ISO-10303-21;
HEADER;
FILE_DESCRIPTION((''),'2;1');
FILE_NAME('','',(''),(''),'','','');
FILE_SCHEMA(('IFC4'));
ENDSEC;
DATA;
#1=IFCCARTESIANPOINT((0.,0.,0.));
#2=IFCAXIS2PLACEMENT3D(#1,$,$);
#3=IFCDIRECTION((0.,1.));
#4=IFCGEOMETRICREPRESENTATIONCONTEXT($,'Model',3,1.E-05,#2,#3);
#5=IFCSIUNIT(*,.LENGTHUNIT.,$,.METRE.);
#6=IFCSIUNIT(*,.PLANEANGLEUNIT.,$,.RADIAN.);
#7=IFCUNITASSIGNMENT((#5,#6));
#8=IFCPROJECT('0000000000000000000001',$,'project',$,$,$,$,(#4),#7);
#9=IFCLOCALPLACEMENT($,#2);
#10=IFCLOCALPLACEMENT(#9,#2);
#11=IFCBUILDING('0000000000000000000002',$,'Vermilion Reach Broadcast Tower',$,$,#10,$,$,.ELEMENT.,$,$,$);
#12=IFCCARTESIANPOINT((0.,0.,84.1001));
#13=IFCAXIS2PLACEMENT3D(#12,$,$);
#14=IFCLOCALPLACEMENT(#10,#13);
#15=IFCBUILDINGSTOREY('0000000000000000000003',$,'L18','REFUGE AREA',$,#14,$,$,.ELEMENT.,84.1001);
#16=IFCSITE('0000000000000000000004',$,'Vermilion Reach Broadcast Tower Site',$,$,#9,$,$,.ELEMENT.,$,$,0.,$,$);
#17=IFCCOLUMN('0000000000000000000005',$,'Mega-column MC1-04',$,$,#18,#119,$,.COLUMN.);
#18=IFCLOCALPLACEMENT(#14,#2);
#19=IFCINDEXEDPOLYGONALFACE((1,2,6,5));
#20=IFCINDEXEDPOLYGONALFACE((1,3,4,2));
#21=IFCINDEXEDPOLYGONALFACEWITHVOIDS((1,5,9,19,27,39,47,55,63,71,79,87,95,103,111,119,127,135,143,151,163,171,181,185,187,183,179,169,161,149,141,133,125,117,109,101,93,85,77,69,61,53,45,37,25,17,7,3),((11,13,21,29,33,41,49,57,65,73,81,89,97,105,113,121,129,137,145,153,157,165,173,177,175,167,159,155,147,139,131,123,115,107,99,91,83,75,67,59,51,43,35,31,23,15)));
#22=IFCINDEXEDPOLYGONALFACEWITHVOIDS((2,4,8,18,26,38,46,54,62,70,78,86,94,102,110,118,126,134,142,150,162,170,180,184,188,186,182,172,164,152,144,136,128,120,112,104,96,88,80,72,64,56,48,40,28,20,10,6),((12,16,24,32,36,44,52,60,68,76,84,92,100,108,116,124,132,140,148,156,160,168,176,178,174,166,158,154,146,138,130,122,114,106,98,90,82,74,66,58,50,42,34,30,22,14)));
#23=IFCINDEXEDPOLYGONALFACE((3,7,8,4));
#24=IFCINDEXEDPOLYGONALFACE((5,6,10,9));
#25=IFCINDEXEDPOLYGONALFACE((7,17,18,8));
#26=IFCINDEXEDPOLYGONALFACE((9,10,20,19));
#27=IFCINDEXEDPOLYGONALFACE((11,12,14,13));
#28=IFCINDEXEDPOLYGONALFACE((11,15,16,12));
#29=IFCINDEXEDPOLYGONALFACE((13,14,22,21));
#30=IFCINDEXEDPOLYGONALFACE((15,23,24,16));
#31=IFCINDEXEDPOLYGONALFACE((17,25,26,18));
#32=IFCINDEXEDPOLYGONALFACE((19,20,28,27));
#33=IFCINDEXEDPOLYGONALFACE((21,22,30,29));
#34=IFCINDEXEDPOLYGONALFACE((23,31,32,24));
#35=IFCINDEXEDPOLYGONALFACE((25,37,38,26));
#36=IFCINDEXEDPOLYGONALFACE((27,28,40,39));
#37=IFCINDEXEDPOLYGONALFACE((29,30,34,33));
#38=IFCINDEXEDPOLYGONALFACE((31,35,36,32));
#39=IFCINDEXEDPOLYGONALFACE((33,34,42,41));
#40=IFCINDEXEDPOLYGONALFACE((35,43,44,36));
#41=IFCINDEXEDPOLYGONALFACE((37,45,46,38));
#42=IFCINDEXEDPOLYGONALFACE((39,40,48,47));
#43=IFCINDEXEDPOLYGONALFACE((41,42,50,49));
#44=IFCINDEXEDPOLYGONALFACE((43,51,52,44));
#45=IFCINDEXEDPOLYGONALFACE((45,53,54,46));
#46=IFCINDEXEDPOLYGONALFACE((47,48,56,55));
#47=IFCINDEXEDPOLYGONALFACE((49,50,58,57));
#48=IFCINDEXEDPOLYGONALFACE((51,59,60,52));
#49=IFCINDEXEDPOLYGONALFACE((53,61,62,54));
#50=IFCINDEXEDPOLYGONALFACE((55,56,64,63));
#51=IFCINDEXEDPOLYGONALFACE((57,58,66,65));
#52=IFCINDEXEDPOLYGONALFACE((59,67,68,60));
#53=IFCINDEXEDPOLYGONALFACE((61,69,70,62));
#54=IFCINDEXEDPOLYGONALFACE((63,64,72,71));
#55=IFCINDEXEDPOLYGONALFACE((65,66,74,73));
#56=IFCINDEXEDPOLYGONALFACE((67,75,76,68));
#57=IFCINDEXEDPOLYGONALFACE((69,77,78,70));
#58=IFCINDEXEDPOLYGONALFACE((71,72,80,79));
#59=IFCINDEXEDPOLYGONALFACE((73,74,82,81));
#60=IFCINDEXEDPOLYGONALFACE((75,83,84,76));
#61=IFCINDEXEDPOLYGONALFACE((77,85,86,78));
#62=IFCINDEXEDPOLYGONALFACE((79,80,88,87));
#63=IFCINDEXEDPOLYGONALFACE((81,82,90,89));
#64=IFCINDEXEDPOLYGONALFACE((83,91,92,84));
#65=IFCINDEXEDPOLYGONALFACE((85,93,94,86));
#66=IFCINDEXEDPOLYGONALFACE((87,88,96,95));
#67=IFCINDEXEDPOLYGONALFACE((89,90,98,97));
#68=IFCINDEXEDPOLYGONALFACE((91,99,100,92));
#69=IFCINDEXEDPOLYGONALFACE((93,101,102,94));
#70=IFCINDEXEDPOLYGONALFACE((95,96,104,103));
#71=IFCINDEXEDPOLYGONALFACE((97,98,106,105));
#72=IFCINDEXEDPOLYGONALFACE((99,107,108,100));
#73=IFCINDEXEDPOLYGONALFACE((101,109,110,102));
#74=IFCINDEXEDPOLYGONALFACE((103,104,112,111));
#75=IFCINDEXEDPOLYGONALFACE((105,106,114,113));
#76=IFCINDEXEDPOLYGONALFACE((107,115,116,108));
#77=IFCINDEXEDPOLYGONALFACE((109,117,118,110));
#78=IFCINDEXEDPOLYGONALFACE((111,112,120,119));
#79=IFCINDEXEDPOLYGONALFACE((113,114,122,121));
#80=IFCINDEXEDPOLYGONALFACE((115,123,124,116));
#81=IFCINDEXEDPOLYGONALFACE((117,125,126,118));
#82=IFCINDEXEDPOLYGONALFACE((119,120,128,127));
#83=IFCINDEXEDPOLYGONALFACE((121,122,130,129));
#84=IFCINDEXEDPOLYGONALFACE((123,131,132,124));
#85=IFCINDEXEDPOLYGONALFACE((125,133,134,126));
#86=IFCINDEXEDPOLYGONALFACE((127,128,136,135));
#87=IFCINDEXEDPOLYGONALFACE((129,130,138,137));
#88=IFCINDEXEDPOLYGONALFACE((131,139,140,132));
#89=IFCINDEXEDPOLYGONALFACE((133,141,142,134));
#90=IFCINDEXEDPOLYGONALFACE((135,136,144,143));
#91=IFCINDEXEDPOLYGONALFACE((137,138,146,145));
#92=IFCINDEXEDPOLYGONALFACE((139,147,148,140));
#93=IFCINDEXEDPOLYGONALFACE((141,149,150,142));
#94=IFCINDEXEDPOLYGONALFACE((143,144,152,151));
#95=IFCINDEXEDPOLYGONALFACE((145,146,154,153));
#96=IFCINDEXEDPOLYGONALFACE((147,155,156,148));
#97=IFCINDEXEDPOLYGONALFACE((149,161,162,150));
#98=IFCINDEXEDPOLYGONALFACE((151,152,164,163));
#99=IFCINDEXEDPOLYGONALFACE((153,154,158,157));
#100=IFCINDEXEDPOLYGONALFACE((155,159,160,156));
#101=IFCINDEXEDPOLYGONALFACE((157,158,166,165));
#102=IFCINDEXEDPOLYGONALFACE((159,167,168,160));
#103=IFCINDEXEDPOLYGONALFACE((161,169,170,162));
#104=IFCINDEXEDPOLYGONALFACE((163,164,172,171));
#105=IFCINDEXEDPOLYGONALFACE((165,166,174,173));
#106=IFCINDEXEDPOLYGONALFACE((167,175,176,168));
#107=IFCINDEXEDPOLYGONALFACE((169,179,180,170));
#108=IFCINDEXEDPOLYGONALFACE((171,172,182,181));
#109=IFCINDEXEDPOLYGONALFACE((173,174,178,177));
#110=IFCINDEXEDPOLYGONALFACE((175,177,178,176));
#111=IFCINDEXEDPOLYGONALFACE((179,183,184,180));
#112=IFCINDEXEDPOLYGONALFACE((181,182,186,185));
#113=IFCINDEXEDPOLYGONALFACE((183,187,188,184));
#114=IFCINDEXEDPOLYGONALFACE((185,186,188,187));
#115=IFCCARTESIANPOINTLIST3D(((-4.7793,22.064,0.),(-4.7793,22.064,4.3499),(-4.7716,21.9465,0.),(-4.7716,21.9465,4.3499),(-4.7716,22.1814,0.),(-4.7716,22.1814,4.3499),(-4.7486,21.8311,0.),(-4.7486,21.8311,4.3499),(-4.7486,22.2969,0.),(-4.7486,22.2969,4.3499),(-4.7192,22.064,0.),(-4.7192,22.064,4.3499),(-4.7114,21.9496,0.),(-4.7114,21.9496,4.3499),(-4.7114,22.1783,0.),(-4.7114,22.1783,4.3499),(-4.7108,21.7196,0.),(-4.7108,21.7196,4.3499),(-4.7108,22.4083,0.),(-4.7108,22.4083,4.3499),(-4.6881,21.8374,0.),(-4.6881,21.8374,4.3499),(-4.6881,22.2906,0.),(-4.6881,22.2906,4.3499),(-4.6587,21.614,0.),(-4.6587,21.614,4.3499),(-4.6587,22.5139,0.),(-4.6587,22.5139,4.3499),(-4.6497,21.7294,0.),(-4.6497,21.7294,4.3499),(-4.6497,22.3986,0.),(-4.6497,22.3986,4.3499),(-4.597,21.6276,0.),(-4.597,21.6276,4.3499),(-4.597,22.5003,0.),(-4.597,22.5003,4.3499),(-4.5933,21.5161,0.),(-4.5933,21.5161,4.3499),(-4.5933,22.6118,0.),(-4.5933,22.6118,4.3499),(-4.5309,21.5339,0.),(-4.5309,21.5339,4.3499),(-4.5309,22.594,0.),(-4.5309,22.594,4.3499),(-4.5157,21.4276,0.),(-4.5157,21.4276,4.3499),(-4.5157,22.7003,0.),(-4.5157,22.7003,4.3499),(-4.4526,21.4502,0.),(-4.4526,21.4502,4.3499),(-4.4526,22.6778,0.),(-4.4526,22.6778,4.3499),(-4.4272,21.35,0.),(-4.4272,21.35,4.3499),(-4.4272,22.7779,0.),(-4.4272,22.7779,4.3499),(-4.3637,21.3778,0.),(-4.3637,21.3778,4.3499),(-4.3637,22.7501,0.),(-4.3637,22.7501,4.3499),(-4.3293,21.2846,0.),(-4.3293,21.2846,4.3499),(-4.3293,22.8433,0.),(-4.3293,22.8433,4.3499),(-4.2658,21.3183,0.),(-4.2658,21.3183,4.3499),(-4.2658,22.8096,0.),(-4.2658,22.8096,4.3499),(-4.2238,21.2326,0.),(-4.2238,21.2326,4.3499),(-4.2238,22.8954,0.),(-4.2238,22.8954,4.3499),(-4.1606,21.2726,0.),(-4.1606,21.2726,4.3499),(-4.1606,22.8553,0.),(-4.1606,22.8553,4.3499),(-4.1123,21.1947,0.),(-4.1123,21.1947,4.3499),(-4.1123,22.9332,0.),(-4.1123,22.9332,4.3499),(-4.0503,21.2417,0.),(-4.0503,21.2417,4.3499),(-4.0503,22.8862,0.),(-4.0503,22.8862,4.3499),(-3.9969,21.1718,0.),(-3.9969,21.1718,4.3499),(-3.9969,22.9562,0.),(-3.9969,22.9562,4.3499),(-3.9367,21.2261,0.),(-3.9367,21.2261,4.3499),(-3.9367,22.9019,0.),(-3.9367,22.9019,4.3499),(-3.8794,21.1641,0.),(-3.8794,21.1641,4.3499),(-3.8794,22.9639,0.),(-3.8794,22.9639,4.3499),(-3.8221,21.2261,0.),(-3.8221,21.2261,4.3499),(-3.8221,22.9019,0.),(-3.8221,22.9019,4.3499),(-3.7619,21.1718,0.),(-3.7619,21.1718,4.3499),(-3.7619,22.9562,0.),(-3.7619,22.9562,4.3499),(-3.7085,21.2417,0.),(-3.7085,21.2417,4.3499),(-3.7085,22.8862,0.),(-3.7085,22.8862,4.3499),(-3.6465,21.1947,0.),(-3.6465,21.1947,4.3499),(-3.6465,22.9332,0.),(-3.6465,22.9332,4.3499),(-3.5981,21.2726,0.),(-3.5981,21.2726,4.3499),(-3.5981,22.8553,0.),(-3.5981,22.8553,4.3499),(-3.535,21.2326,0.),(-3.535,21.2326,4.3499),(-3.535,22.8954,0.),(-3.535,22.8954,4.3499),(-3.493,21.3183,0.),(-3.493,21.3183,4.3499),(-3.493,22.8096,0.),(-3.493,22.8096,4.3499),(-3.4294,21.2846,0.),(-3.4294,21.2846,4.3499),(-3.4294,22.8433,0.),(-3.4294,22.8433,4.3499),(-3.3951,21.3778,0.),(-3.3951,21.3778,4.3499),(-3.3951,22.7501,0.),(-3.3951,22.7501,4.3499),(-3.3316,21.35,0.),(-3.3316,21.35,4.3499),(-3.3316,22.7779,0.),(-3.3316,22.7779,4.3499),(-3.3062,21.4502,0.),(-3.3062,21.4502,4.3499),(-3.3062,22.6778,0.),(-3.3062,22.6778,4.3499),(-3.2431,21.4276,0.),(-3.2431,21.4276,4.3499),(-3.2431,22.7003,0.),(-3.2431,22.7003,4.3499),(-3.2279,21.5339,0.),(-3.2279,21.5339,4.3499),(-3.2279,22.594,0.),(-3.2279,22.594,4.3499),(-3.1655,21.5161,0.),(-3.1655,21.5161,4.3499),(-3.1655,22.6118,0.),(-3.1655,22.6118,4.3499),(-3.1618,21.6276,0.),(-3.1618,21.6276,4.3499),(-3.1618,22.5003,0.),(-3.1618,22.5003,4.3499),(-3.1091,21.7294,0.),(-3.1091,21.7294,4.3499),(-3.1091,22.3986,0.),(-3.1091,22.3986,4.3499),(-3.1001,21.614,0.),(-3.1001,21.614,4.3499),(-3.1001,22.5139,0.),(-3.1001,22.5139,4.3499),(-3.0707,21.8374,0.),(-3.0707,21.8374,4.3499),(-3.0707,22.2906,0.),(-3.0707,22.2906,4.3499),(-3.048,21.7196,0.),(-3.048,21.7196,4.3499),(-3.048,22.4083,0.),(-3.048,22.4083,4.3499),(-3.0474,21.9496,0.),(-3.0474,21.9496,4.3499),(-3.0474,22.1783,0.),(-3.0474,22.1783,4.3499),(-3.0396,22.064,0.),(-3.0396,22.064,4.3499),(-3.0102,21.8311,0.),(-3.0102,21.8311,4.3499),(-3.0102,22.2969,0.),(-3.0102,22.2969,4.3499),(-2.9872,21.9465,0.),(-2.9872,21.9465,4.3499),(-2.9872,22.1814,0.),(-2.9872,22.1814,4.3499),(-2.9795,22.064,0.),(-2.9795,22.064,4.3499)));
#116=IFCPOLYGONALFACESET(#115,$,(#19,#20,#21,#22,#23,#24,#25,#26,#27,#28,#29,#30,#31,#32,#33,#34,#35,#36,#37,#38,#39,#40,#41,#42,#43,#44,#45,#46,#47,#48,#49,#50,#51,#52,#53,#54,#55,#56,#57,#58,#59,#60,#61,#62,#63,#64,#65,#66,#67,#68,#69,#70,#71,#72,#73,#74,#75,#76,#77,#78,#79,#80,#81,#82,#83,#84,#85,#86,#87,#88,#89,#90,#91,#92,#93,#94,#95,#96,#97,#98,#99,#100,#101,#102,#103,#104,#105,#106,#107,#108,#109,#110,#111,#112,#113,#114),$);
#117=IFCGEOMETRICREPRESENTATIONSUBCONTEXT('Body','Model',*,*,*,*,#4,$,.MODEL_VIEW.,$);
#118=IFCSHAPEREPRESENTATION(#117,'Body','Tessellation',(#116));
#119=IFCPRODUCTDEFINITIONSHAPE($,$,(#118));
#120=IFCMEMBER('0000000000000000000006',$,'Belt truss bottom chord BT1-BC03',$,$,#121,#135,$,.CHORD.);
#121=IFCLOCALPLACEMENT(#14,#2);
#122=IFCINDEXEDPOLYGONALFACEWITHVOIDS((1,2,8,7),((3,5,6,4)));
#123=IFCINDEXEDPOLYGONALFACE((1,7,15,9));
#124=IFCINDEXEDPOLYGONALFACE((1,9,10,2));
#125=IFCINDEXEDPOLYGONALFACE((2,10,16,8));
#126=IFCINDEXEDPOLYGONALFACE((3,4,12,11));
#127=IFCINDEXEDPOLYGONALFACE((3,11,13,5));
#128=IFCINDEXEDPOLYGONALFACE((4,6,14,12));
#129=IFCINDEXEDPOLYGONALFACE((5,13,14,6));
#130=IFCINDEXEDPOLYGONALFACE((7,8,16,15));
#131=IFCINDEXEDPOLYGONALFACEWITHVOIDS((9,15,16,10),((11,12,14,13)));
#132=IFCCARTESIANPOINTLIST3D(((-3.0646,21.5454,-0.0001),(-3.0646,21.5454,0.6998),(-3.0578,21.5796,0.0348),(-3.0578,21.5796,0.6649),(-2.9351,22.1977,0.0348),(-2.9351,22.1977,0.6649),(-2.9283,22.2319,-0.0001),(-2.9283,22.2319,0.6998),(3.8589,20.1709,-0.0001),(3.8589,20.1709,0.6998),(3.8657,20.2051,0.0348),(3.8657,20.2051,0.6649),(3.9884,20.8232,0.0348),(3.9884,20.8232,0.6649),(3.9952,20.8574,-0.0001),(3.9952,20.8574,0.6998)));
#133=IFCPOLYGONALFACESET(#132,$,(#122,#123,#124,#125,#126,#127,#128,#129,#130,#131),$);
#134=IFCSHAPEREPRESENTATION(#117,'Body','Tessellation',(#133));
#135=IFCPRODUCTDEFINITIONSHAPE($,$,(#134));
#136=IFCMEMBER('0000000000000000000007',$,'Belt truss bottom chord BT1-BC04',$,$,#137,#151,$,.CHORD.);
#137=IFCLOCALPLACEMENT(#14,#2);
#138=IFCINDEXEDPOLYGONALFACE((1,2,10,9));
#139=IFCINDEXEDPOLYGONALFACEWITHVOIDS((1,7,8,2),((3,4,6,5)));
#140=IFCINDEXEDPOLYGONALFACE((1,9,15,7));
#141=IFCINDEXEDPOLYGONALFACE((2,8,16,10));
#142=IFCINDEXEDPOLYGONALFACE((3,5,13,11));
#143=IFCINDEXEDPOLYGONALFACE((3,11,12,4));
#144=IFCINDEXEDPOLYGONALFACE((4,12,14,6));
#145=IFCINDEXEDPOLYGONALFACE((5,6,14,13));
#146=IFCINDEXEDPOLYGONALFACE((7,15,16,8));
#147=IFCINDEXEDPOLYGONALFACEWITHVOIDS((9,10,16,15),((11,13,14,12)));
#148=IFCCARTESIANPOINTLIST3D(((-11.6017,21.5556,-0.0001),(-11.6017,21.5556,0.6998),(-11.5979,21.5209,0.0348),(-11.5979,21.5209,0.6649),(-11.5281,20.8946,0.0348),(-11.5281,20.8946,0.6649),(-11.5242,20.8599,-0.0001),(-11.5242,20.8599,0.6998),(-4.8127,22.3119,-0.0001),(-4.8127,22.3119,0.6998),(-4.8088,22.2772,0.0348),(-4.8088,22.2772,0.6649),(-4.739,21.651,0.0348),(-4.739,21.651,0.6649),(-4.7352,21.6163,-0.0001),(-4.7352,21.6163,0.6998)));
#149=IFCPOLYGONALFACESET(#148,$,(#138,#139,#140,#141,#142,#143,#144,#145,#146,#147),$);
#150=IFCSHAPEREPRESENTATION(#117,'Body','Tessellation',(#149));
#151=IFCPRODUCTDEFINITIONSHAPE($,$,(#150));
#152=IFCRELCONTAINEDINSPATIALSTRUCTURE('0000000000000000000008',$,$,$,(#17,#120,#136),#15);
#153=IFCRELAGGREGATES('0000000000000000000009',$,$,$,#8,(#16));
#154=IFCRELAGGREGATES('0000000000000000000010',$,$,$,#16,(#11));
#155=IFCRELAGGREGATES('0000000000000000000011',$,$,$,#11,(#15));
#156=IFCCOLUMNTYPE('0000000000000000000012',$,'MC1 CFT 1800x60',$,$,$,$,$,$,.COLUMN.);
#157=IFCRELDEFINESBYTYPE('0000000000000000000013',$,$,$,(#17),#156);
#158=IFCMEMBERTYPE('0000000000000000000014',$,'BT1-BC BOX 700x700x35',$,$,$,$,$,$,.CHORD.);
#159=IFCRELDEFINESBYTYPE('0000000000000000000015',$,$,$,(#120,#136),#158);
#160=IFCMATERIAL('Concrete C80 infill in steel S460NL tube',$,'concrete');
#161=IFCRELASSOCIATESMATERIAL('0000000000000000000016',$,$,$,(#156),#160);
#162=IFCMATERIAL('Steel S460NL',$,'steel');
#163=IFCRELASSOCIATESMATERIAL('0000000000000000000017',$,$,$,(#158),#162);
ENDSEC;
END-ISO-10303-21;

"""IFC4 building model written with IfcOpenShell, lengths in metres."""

from ifc_helpers import new_model, si_unit, direction, frame, origin, origin_2d, place, context, subcontext, project, spatial, hollow_rectangle, hollow_circle, extrude, material, material_profile, profile_set, type_object, element, save


model = new_model("IFC4")

# Units and contexts
model_context = context("Model", 3, precision=1e-05, world=origin(), true_north=direction((0.0, 1.0)))
body_context = subcontext(model_context, "Body", "Model", "MODEL_VIEW")
ifc_project = project(units=[si_unit("LENGTHUNIT", "METRE"), si_unit("PLANEANGLEUNIT", "RADIAN")], contexts=[model_context])

# Site, building, storey
site_placement = place(None, origin())
site = spatial("IfcSite", under=ifc_project, at=site_placement, Name="Vermilion Reach Broadcast Tower Site", CompositionType="ELEMENT", RefElevation=0.0)
building_placement = place(site_placement, origin())
building = spatial("IfcBuilding", under=site, at=building_placement, Name="Vermilion Reach Broadcast Tower", CompositionType="ELEMENT")
storey_placement = place(building_placement, frame((0.0, 0.0, 84.1001)))
storey = spatial("IfcBuildingStorey", under=building, at=storey_placement, Name="L18", Description="REFUGE AREA", CompositionType="ELEMENT", Elevation=84.1001)

# Column
ifc_material_1 = material(Name="Concrete C80 infill in steel S460NL tube", Category="concrete")
ifc_material_profile_1 = material_profile(ifc_material_1, hollow_circle(Radius=0.8999, WallThickness=0.0601, at=origin_2d()), Name="Concrete C80 infill in steel S460NL tube CFT 1800x60")
ifc_profile_set_1 = profile_set([ifc_material_profile_1], Name="Concrete C80 infill in steel S460NL tube")
column_type = type_object("IfcColumnType", Name="MC1 CFT 1800x60", PredefinedType="COLUMN", material=ifc_profile_set_1)
column_placement = place(storey_placement, frame((-3.8794, 22.064, 0.0), z_axis=(0.0, 0.0, 1.0), x_axis=(1.0, 0.0, 0.0)))
element("IfcColumn", 1, at=column_placement, inside=storey, type_object=column_type, Name="Mega-column MC1-04", PredefinedType="COLUMN", context=body_context, shape_type="SweptSolid", body=[
    extrude(hollow_circle(Radius=0.8999, WallThickness=0.0601, at=origin_2d()), origin(), (0.0, 0.0, 1.0), 4.3499),
])

# Members
ifc_material_2 = material(Name="Steel S460NL", Category="steel")
ifc_material_profile_2 = material_profile(ifc_material_2, hollow_rectangle(XDim=0.7, YDim=0.7, WallThickness=0.0349, at=origin_2d()), Name="S460NL BOX 700x700x35")
ifc_profile_set_2 = profile_set([ifc_material_profile_2], Name="Steel S460NL")
member_type_1 = type_object("IfcMemberType", Name="BT1-BC BOX 700x700x35", PredefinedType="CHORD", material=ifc_profile_set_2)
member_1_placement = place(storey_placement, frame((3.927, 20.5142, 0.3499), z_axis=(-0.980858, 0.194726, 0.0), x_axis=(-0.194726, -0.980858, 0.0)))
element("IfcMember", 2, at=member_1_placement, inside=storey, type_object=member_type_1, Name="Belt truss bottom chord BT1-BC03", PredefinedType="CHORD", context=body_context, shape_type="SweptSolid", body=[
    extrude(hollow_rectangle(XDim=0.7, YDim=0.7, WallThickness=0.0349, at=origin_2d()), origin(), (0.0, 0.0, 1.0), 7.0586),
])
member_2_placement = place(storey_placement, frame((-4.7739, 21.9641, 0.3499), z_axis=(-0.993851, -0.110722, 0.0), x_axis=(0.110722, -0.993851, 0.0)))
element("IfcMember", 3, at=member_2_placement, inside=storey, type_object=member_type_1, Name="Belt truss bottom chord BT1-BC04", PredefinedType="CHORD", context=body_context, shape_type="SweptSolid", body=[
    extrude(hollow_rectangle(XDim=0.7, YDim=0.7, WallThickness=0.0349, at=origin_2d()), origin(), (0.0, 0.0, 1.0), 6.8311),
])

save(model, "model.ifc")
